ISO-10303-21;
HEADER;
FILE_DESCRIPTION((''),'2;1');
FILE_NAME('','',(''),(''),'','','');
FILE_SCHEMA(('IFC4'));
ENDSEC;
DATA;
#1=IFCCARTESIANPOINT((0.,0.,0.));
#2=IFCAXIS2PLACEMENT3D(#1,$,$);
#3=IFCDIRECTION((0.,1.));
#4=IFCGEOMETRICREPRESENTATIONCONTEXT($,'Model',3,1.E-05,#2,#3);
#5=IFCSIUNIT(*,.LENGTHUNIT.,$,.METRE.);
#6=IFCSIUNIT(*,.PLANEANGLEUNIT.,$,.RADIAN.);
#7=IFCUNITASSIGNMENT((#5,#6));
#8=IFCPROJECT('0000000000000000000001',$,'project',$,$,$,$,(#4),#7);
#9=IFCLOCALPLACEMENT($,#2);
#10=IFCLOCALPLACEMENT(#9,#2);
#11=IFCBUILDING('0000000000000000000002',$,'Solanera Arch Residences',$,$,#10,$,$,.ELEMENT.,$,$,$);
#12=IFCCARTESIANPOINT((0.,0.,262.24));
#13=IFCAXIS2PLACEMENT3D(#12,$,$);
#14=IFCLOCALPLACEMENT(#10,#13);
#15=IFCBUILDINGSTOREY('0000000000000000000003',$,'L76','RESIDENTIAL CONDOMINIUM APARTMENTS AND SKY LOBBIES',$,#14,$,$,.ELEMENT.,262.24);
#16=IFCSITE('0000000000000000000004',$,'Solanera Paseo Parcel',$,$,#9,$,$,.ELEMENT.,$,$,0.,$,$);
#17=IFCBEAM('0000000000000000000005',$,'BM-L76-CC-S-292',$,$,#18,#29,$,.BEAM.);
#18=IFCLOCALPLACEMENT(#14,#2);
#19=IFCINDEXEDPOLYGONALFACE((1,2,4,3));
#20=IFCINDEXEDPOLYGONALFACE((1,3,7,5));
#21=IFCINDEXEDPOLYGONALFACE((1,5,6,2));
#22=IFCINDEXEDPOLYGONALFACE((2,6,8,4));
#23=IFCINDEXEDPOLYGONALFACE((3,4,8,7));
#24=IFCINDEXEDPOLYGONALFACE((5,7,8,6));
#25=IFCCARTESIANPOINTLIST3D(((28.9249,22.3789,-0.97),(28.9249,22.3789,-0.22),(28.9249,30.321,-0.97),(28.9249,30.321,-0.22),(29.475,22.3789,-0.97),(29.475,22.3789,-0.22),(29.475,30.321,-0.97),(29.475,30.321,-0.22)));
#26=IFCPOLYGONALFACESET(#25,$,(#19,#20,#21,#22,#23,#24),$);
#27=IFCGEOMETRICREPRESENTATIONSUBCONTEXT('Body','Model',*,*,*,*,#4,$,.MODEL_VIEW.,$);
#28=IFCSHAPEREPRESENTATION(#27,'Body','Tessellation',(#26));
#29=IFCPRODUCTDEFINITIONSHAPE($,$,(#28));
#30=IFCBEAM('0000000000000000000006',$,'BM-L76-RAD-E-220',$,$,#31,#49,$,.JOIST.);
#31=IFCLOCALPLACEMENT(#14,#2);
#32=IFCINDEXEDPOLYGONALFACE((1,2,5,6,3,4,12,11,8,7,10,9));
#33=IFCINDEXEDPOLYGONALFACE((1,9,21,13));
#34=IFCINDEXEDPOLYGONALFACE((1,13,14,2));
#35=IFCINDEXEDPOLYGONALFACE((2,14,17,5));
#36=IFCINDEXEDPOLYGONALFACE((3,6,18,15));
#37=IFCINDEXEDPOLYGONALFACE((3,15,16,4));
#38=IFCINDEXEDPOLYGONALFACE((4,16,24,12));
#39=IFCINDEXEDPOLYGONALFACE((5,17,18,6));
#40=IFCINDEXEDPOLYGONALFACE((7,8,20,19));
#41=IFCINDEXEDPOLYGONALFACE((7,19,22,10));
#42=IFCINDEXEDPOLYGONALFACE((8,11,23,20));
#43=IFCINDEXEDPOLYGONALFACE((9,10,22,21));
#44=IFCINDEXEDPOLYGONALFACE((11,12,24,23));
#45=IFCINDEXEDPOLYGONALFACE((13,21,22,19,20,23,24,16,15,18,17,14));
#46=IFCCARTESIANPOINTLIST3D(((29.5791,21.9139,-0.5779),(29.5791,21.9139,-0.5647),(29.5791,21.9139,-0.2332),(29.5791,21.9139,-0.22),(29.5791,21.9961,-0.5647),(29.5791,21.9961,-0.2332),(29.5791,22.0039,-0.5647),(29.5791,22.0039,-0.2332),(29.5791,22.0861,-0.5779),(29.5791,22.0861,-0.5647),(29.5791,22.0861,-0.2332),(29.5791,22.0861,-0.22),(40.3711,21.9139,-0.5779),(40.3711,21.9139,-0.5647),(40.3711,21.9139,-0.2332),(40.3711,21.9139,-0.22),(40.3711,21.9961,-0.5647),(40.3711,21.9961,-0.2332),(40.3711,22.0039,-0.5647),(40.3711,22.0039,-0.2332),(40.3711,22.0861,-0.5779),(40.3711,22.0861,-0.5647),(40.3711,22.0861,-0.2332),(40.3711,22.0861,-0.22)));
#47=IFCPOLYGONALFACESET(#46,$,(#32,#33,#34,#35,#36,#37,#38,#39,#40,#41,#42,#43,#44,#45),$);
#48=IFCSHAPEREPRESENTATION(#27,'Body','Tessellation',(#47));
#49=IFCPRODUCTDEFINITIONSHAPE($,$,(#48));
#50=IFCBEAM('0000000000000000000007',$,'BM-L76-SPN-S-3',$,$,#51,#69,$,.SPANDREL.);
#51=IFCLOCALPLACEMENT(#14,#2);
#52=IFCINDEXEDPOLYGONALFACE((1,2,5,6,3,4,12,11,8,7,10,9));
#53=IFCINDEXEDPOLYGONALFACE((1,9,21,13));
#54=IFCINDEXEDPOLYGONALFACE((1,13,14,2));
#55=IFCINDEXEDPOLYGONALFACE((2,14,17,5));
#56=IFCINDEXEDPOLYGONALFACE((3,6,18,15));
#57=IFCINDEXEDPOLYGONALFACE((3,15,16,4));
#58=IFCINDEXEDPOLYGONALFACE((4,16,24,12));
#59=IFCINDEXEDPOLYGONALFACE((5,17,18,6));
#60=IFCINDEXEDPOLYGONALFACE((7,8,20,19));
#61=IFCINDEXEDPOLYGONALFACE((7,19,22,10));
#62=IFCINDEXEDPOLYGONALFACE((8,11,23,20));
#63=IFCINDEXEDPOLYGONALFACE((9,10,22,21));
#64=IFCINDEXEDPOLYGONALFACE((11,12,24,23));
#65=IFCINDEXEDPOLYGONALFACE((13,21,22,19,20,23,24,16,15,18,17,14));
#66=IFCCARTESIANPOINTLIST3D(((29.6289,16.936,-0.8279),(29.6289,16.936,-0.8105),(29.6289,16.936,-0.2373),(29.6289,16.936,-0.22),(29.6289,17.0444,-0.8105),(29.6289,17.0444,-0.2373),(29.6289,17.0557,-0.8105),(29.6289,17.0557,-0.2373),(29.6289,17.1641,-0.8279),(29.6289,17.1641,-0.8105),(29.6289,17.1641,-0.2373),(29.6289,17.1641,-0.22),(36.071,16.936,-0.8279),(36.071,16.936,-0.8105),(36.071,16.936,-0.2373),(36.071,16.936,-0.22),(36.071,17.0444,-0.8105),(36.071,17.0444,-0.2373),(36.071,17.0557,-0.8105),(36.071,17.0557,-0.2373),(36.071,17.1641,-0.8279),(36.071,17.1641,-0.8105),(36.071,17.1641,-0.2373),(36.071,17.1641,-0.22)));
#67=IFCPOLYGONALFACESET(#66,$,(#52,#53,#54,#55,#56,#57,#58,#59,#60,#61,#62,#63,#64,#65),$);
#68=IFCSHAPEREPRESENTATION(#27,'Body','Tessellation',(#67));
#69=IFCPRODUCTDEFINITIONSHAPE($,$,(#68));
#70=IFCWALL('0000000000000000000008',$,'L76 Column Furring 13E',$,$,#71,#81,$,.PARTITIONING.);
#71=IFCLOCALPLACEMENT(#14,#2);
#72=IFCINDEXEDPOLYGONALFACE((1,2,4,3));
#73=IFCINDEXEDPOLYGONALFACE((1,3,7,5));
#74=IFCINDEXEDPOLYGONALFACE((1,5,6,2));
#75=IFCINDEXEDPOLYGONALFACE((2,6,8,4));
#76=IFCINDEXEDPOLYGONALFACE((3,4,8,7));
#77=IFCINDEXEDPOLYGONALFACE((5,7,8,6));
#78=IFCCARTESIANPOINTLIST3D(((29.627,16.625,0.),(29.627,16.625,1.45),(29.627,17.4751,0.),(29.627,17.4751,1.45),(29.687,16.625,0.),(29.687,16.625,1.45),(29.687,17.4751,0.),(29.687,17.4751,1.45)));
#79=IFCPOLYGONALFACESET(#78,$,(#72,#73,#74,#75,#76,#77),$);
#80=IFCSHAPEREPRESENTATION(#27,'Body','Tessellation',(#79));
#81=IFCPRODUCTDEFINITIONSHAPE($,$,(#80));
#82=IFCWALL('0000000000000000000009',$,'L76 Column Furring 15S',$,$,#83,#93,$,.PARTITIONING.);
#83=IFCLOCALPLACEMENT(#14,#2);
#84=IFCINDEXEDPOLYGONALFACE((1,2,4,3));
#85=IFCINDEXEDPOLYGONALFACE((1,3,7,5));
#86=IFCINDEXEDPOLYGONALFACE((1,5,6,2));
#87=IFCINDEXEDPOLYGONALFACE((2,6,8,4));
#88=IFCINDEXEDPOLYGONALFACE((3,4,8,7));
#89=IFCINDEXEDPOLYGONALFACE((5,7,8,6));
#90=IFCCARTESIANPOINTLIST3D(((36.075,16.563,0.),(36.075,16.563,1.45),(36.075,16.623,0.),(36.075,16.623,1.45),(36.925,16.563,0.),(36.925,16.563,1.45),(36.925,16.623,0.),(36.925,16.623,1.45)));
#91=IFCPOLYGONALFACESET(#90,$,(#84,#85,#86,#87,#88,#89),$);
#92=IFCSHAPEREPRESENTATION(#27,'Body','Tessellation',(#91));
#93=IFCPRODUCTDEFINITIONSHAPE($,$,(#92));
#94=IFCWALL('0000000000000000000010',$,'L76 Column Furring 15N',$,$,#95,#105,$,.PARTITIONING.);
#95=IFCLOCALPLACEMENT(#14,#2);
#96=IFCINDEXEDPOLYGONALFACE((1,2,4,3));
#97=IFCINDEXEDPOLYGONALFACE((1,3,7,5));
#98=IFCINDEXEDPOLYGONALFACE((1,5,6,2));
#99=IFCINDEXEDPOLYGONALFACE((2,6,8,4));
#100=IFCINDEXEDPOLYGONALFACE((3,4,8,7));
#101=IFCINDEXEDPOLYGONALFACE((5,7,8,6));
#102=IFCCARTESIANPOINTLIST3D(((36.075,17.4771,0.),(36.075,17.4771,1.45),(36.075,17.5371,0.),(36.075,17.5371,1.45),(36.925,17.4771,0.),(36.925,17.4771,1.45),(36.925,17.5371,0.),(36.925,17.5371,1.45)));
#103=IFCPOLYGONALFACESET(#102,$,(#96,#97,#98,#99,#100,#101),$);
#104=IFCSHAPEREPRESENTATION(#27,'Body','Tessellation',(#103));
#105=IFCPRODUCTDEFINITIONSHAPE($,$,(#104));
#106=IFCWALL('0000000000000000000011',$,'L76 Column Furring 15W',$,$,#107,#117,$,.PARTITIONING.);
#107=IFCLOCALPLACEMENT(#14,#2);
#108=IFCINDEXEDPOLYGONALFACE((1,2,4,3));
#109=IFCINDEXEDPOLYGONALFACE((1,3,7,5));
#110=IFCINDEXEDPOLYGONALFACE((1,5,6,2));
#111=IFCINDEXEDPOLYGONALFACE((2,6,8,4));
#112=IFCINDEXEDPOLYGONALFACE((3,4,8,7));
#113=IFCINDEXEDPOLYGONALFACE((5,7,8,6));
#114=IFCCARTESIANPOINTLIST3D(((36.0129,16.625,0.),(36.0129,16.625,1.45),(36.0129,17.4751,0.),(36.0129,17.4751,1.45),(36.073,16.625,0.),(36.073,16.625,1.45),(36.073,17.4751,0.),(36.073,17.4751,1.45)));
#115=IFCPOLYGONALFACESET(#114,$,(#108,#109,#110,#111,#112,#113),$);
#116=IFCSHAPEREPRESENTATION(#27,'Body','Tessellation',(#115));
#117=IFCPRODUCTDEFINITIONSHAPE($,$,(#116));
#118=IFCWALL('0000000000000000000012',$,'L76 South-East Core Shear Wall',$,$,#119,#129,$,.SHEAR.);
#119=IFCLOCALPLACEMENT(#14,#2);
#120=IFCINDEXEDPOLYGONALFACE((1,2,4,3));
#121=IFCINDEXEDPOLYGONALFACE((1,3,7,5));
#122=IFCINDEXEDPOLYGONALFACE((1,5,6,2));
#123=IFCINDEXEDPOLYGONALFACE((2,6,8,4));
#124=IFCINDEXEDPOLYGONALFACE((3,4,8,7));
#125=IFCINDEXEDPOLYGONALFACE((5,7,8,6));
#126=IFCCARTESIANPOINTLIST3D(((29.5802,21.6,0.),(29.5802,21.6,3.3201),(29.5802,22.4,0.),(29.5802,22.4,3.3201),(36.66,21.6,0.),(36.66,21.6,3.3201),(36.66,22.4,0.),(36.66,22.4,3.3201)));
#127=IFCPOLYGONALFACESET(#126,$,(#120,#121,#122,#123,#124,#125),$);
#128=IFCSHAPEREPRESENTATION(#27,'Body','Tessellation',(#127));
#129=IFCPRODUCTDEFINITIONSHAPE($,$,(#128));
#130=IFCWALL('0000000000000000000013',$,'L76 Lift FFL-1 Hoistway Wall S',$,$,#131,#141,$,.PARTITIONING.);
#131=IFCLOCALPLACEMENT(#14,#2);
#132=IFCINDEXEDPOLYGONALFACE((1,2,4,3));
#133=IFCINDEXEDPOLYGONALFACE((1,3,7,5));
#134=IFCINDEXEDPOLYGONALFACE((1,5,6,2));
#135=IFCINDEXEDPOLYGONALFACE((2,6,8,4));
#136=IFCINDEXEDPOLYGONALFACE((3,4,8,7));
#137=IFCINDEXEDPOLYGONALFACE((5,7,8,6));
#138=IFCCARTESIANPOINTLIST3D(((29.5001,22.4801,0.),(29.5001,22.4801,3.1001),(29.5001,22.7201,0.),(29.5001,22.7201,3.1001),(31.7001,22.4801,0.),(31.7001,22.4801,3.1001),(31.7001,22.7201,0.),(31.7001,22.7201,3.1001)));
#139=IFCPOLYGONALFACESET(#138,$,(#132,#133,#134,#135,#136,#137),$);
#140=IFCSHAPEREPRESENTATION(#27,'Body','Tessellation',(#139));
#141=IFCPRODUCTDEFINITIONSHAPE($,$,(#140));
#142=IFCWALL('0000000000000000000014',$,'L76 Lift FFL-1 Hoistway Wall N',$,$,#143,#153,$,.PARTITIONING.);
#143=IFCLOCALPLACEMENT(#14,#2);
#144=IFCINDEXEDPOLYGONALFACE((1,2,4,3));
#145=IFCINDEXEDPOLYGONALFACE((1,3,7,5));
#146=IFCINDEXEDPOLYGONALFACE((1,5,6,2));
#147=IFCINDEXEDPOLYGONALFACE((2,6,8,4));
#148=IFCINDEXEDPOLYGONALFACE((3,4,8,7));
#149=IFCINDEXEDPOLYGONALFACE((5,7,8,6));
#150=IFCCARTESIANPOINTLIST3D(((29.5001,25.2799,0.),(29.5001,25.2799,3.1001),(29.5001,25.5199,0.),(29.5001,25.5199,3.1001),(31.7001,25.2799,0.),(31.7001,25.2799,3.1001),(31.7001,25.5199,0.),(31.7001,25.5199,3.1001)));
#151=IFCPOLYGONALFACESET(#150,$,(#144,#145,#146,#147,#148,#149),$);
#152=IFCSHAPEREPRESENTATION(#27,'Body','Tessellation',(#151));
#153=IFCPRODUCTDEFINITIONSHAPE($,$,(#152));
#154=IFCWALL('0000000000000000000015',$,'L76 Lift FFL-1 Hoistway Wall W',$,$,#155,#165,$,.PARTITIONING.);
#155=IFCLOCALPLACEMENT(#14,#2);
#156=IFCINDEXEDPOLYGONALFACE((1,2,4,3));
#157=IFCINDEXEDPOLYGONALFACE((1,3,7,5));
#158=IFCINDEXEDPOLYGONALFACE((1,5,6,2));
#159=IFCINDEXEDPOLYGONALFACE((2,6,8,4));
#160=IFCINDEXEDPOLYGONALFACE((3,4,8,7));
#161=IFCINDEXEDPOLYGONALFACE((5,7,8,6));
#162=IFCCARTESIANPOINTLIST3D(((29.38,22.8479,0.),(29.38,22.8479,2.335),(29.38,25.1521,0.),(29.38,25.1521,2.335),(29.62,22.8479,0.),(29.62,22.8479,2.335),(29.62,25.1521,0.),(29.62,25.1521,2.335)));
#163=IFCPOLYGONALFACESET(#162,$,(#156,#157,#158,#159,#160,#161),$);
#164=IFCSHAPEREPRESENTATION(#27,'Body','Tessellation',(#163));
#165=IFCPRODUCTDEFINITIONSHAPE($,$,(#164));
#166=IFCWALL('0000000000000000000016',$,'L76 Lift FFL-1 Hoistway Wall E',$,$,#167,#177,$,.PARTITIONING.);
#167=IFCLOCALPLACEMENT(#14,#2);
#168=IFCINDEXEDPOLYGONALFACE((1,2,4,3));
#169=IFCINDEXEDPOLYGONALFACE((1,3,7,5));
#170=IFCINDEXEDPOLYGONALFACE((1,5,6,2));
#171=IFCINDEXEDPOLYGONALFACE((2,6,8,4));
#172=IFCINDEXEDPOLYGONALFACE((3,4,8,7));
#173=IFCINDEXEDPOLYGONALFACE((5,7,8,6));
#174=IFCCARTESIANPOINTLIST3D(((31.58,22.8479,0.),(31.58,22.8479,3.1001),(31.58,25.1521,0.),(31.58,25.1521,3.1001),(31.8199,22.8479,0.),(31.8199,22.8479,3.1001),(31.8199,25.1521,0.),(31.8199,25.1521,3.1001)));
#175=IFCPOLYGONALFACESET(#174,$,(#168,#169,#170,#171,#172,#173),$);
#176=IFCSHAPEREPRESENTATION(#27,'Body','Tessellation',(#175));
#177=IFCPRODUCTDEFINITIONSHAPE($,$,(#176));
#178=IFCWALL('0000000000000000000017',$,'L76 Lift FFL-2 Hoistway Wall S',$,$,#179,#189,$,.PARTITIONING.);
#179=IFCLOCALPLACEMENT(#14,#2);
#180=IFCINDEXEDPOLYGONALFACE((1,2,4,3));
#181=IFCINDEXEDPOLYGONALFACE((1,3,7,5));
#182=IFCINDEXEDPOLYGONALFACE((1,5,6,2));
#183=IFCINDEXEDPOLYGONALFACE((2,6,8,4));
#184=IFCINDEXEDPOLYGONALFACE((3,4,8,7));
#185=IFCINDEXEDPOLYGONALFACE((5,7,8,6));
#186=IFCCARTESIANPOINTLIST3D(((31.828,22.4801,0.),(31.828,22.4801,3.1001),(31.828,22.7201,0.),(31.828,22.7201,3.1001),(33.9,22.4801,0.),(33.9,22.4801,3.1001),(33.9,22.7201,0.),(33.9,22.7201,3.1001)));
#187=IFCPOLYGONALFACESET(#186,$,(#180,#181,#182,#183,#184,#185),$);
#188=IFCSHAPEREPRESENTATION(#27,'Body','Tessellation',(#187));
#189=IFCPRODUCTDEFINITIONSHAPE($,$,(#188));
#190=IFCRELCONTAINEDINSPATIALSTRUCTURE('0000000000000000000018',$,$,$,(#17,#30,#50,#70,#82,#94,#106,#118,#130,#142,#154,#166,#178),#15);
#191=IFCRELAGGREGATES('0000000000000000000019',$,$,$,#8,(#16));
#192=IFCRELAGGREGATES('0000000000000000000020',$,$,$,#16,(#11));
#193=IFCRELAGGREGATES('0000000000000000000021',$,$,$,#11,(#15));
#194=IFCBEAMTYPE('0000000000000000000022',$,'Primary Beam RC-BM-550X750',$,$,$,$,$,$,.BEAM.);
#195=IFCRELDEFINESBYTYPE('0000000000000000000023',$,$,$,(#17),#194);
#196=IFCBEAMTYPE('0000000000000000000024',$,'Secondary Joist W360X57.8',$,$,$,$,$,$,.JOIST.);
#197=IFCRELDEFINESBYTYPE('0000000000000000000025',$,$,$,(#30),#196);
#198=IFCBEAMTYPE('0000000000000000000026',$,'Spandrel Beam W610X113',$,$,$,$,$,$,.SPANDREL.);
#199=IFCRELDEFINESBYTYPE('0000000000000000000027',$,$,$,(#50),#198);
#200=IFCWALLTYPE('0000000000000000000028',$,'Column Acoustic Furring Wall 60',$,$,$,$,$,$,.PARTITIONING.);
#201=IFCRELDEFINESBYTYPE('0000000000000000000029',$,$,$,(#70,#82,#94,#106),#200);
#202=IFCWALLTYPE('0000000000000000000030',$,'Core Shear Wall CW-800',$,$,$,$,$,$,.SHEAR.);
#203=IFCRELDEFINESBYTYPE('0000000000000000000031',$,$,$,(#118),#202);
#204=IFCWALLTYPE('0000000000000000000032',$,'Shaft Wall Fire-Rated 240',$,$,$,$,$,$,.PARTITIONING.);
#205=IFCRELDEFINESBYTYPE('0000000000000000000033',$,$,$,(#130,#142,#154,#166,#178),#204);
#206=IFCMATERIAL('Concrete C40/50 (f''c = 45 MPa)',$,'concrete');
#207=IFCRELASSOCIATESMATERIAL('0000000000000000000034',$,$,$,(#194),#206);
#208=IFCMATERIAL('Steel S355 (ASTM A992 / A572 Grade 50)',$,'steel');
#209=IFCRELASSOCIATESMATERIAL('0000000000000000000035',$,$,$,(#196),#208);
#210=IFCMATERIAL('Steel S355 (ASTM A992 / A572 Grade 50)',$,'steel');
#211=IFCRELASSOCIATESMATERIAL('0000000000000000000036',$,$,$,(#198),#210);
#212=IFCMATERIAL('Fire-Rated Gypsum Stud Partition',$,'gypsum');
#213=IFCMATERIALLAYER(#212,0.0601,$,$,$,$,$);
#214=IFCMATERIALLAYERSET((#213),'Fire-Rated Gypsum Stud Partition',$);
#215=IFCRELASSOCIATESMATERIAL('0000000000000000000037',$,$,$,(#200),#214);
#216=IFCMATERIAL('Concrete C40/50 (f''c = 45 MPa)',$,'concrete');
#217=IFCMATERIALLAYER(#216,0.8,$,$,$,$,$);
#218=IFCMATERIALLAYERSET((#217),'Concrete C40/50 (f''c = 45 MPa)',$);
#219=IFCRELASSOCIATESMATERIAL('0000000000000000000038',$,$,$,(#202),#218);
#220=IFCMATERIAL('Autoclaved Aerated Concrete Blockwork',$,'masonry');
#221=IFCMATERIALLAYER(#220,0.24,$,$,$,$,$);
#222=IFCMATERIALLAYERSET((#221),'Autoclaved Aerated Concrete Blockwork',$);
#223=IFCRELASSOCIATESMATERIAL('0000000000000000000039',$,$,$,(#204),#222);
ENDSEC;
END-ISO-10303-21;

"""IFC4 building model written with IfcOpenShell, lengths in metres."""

from ifc_helpers import new_model, si_unit, direction, frame, frame_2d, origin, origin_2d, place, context, subcontext, project, spatial, rectangle, i_section, extrude, material, layer, layer_set, material_profile, profile_set, type_object, element, save


model = new_model("IFC4")

# Units and contexts
model_context = context("Model", 3, precision=1e-05, world=origin(), true_north=direction((0.0, 1.0)))
body_context = subcontext(model_context, "Body", "Model", "MODEL_VIEW")
ifc_project = project(units=[si_unit("LENGTHUNIT", "METRE"), si_unit("PLANEANGLEUNIT", "RADIAN")], contexts=[model_context])

# Site, building, storey
site_placement = place(None, origin())
site = spatial("IfcSite", under=ifc_project, at=site_placement, Name="Solanera Paseo Parcel", CompositionType="ELEMENT", RefElevation=0.0)
building_placement = place(site_placement, origin())
building = spatial("IfcBuilding", under=site, at=building_placement, Name="Solanera Arch Residences", CompositionType="ELEMENT")
storey_placement = place(building_placement, frame((0.0, 0.0, 262.24)))
storey = spatial("IfcBuildingStorey", under=building, at=storey_placement, Name="L76", Description="RESIDENTIAL CONDOMINIUM APARTMENTS AND SKY LOBBIES", CompositionType="ELEMENT", Elevation=262.24)

# Beams
ifc_material_1 = material(Name="Concrete C40/50 (f'c = 45 MPa)", Category="concrete")
ifc_material_profile_1 = material_profile(ifc_material_1, rectangle(XDim=0.55, YDim=0.75, at=origin_2d()))
ifc_profile_set_1 = profile_set([ifc_material_profile_1], Name="Concrete C40/50 (f'c = 45 MPa)")
beam_type_1 = type_object("IfcBeamType", Name="Primary Beam RC-BM-550X750", PredefinedType="BEAM", material=ifc_profile_set_1)
beam_1_placement = place(storey_placement, frame((29.2, 22.3789, -0.595), z_axis=(0.0, 1.0, 0.0), x_axis=(-1.0, 0.0, 0.0)))
element("IfcBeam", 1, at=beam_1_placement, inside=storey, type_object=beam_type_1, Name="BM-L76-CC-S-292", PredefinedType="BEAM", context=body_context, shape_type="SweptSolid", body=[
    extrude(rectangle(XDim=0.55, YDim=0.75, at=origin_2d()), origin(), (0.0, 0.0, 1.0), 7.9421),
])
ifc_material_2 = material(Name="Steel S355 (ASTM A992 / A572 Grade 50)", Category="steel")
ifc_material_profile_2 = material_profile(ifc_material_2, i_section(OverallWidth=0.1721, OverallDepth=0.3579, WebThickness=0.0078, FlangeThickness=0.0132, at=origin_2d()))
ifc_profile_set_2 = profile_set([ifc_material_profile_2], Name="Steel S355 (ASTM A992 / A572 Grade 50)")
beam_type_2 = type_object("IfcBeamType", Name="Secondary Joist W360X57.8", PredefinedType="JOIST", material=ifc_profile_set_2)
beam_2_placement = place(storey_placement, frame((29.5791, 22.0, -0.3989), z_axis=(1.0, 0.0, 0.0), x_axis=(0.0, 1.0, 0.0)))
element("IfcBeam", 2, at=beam_2_placement, inside=storey, type_object=beam_type_2, Name="BM-L76-RAD-E-220", PredefinedType="JOIST", context=body_context, shape_type="SweptSolid", body=[
    extrude(i_section(OverallWidth=0.1721, OverallDepth=0.3579, WebThickness=0.0078, FlangeThickness=0.0132, at=origin_2d()), origin(), (0.0, 0.0, 1.0), 10.792),
])
ifc_material_3 = material(Name="Steel S355 (ASTM A992 / A572 Grade 50)", Category="steel")
ifc_material_profile_3 = material_profile(ifc_material_3, i_section(OverallWidth=0.228, OverallDepth=0.6079, WebThickness=0.0112, FlangeThickness=0.0173, at=origin_2d()))
ifc_profile_set_3 = profile_set([ifc_material_profile_3], Name="Steel S355 (ASTM A992 / A572 Grade 50)")
beam_type_3 = type_object("IfcBeamType", Name="Spandrel Beam W610X113", PredefinedType="SPANDREL", material=ifc_profile_set_3)
beam_3_placement = place(storey_placement, frame((29.6289, 17.05, -0.5239), z_axis=(1.0, 0.0, 0.0), x_axis=(0.0, 1.0, 0.0)))
element("IfcBeam", 3, at=beam_3_placement, inside=storey, type_object=beam_type_3, Name="BM-L76-SPN-S-3", PredefinedType="SPANDREL", context=body_context, shape_type="SweptSolid", body=[
    extrude(i_section(OverallWidth=0.228, OverallDepth=0.6079, WebThickness=0.0112, FlangeThickness=0.0173, at=origin_2d()), origin(), (0.0, 0.0, 1.0), 6.4421),
])

# Walls
ifc_material_4 = material(Name="Fire-Rated Gypsum Stud Partition", Category="gypsum")
ifc_layer_1 = layer(ifc_material_4, 0.0601)
ifc_layer_set_1 = layer_set([ifc_layer_1], Name="Fire-Rated Gypsum Stud Partition")
wall_type_1 = type_object("IfcWallType", Name="Column Acoustic Furring Wall 60", PredefinedType="PARTITIONING", material=ifc_layer_set_1)
for number, where, z_axis, x_axis, name in (
    (4, (29.657, 16.625, 0.0), (0.0, 0.0, 1.0), (0.0, 1.0, 0.0), "L76 Column Furring 13E"),
    (5, (36.075, 16.593, 0.0), (0.0, 0.0, 1.0), (1.0, 0.0, 0.0), "L76 Column Furring 15S"),
    (6, (36.075, 17.5071, 0.0), (0.0, 0.0, 1.0), (1.0, 0.0, 0.0), "L76 Column Furring 15N"),
    (7, (36.043, 16.625, 0.0), (0.0, 0.0, 1.0), (0.0, 1.0, 0.0), "L76 Column Furring 15W"),
):
    element("IfcWall", number, at=place(storey_placement, frame(where, z_axis=z_axis, x_axis=x_axis)), inside=storey, type_object=wall_type_1, Name=name, PredefinedType="PARTITIONING", context=body_context, shape_type="SweptSolid", body=[
        extrude(rectangle(XDim=0.8501, YDim=0.0601, at=frame_2d((0.425, 0.0))), origin(), (0.0, 0.0, 1.0), 1.45),
    ])
ifc_material_5 = material(Name="Concrete C40/50 (f'c = 45 MPa)", Category="concrete")
ifc_layer_2 = layer(ifc_material_5, 0.8)
ifc_layer_set_2 = layer_set([ifc_layer_2], Name="Concrete C40/50 (f'c = 45 MPa)")
wall_type_2 = type_object("IfcWallType", Name="Core Shear Wall CW-800", PredefinedType="SHEAR", material=ifc_layer_set_2)
wall_1_placement = place(storey_placement, frame((29.5801, 22.0, 0.0), z_axis=(0.0, 0.0, 1.0), x_axis=(1.0, 0.0, 0.0)))
element("IfcWall", 8, at=wall_1_placement, inside=storey, type_object=wall_type_2, Name="L76 South-East Core Shear Wall", PredefinedType="SHEAR", context=body_context, shape_type="SweptSolid", body=[
    extrude(rectangle(XDim=7.0798, YDim=0.8, at=frame_2d((3.54, 0.0))), origin(), (0.0, 0.0, 1.0), 3.3201),
])
ifc_material_6 = material(Name="Autoclaved Aerated Concrete Blockwork", Category="masonry")
ifc_layer_3 = layer(ifc_material_6, 0.24)
ifc_layer_set_3 = layer_set([ifc_layer_3], Name="Autoclaved Aerated Concrete Blockwork")
wall_type_3 = type_object("IfcWallType", Name="Shaft Wall Fire-Rated 240", PredefinedType="PARTITIONING", material=ifc_layer_set_3)
for number, where, z_axis, x_axis, name in (
    (9, (29.5, 22.6001, 0.0), (0.0, 0.0, 1.0), (1.0, 0.0, 0.0), "L76 Lift FFL-1 Hoistway Wall S"),
    (10, (29.5, 25.3999, 0.0), (0.0, 0.0, 1.0), (1.0, 0.0, 0.0), "L76 Lift FFL-1 Hoistway Wall N"),
):
    element("IfcWall", number, at=place(storey_placement, frame(where, z_axis=z_axis, x_axis=x_axis)), inside=storey, type_object=wall_type_3, Name=name, PredefinedType="PARTITIONING", context=body_context, shape_type="SweptSolid", body=[
        extrude(rectangle(XDim=2.2, YDim=0.24, at=frame_2d((1.1001, 0.0))), origin(), (0.0, 0.0, 1.0), 3.1001),
    ])
wall_2_placement = place(storey_placement, frame((29.5, 22.8479, 0.0), z_axis=(0.0, 0.0, 1.0), x_axis=(0.0, 1.0, 0.0)))
element("IfcWall", 11, at=wall_2_placement, inside=storey, type_object=wall_type_3, Name="L76 Lift FFL-1 Hoistway Wall W", PredefinedType="PARTITIONING", context=body_context, shape_type="SweptSolid", body=[
    extrude(rectangle(XDim=2.3042, YDim=0.24, at=frame_2d((1.1521, 0.0))), origin(), (0.0, 0.0, 1.0), 2.335),
])
wall_3_placement = place(storey_placement, frame((31.7, 22.8479, 0.0), z_axis=(0.0, 0.0, 1.0), x_axis=(0.0, 1.0, 0.0)))
element("IfcWall", 12, at=wall_3_placement, inside=storey, type_object=wall_type_3, Name="L76 Lift FFL-1 Hoistway Wall E", PredefinedType="PARTITIONING", context=body_context, shape_type="SweptSolid", body=[
    extrude(rectangle(XDim=2.3042, YDim=0.24, at=frame_2d((1.1521, 0.0))), origin(), (0.0, 0.0, 1.0), 3.1001),
])
for number, where, z_axis, x_axis, name in (
    (13, (31.8279, 22.6001, 0.0), (0.0, 0.0, 1.0), (1.0, 0.0, 0.0), "L76 Lift FFL-2 Hoistway Wall S"),
):
    element("IfcWall", number, at=place(storey_placement, frame(where, z_axis=z_axis, x_axis=x_axis)), inside=storey, type_object=wall_type_3, Name=name, PredefinedType="PARTITIONING", context=body_context, shape_type="SweptSolid", body=[
        extrude(rectangle(XDim=2.072, YDim=0.24, at=frame_2d((1.0361, 0.0))), origin(), (0.0, 0.0, 1.0), 3.1001),
    ])

save(model, "model.ifc")
